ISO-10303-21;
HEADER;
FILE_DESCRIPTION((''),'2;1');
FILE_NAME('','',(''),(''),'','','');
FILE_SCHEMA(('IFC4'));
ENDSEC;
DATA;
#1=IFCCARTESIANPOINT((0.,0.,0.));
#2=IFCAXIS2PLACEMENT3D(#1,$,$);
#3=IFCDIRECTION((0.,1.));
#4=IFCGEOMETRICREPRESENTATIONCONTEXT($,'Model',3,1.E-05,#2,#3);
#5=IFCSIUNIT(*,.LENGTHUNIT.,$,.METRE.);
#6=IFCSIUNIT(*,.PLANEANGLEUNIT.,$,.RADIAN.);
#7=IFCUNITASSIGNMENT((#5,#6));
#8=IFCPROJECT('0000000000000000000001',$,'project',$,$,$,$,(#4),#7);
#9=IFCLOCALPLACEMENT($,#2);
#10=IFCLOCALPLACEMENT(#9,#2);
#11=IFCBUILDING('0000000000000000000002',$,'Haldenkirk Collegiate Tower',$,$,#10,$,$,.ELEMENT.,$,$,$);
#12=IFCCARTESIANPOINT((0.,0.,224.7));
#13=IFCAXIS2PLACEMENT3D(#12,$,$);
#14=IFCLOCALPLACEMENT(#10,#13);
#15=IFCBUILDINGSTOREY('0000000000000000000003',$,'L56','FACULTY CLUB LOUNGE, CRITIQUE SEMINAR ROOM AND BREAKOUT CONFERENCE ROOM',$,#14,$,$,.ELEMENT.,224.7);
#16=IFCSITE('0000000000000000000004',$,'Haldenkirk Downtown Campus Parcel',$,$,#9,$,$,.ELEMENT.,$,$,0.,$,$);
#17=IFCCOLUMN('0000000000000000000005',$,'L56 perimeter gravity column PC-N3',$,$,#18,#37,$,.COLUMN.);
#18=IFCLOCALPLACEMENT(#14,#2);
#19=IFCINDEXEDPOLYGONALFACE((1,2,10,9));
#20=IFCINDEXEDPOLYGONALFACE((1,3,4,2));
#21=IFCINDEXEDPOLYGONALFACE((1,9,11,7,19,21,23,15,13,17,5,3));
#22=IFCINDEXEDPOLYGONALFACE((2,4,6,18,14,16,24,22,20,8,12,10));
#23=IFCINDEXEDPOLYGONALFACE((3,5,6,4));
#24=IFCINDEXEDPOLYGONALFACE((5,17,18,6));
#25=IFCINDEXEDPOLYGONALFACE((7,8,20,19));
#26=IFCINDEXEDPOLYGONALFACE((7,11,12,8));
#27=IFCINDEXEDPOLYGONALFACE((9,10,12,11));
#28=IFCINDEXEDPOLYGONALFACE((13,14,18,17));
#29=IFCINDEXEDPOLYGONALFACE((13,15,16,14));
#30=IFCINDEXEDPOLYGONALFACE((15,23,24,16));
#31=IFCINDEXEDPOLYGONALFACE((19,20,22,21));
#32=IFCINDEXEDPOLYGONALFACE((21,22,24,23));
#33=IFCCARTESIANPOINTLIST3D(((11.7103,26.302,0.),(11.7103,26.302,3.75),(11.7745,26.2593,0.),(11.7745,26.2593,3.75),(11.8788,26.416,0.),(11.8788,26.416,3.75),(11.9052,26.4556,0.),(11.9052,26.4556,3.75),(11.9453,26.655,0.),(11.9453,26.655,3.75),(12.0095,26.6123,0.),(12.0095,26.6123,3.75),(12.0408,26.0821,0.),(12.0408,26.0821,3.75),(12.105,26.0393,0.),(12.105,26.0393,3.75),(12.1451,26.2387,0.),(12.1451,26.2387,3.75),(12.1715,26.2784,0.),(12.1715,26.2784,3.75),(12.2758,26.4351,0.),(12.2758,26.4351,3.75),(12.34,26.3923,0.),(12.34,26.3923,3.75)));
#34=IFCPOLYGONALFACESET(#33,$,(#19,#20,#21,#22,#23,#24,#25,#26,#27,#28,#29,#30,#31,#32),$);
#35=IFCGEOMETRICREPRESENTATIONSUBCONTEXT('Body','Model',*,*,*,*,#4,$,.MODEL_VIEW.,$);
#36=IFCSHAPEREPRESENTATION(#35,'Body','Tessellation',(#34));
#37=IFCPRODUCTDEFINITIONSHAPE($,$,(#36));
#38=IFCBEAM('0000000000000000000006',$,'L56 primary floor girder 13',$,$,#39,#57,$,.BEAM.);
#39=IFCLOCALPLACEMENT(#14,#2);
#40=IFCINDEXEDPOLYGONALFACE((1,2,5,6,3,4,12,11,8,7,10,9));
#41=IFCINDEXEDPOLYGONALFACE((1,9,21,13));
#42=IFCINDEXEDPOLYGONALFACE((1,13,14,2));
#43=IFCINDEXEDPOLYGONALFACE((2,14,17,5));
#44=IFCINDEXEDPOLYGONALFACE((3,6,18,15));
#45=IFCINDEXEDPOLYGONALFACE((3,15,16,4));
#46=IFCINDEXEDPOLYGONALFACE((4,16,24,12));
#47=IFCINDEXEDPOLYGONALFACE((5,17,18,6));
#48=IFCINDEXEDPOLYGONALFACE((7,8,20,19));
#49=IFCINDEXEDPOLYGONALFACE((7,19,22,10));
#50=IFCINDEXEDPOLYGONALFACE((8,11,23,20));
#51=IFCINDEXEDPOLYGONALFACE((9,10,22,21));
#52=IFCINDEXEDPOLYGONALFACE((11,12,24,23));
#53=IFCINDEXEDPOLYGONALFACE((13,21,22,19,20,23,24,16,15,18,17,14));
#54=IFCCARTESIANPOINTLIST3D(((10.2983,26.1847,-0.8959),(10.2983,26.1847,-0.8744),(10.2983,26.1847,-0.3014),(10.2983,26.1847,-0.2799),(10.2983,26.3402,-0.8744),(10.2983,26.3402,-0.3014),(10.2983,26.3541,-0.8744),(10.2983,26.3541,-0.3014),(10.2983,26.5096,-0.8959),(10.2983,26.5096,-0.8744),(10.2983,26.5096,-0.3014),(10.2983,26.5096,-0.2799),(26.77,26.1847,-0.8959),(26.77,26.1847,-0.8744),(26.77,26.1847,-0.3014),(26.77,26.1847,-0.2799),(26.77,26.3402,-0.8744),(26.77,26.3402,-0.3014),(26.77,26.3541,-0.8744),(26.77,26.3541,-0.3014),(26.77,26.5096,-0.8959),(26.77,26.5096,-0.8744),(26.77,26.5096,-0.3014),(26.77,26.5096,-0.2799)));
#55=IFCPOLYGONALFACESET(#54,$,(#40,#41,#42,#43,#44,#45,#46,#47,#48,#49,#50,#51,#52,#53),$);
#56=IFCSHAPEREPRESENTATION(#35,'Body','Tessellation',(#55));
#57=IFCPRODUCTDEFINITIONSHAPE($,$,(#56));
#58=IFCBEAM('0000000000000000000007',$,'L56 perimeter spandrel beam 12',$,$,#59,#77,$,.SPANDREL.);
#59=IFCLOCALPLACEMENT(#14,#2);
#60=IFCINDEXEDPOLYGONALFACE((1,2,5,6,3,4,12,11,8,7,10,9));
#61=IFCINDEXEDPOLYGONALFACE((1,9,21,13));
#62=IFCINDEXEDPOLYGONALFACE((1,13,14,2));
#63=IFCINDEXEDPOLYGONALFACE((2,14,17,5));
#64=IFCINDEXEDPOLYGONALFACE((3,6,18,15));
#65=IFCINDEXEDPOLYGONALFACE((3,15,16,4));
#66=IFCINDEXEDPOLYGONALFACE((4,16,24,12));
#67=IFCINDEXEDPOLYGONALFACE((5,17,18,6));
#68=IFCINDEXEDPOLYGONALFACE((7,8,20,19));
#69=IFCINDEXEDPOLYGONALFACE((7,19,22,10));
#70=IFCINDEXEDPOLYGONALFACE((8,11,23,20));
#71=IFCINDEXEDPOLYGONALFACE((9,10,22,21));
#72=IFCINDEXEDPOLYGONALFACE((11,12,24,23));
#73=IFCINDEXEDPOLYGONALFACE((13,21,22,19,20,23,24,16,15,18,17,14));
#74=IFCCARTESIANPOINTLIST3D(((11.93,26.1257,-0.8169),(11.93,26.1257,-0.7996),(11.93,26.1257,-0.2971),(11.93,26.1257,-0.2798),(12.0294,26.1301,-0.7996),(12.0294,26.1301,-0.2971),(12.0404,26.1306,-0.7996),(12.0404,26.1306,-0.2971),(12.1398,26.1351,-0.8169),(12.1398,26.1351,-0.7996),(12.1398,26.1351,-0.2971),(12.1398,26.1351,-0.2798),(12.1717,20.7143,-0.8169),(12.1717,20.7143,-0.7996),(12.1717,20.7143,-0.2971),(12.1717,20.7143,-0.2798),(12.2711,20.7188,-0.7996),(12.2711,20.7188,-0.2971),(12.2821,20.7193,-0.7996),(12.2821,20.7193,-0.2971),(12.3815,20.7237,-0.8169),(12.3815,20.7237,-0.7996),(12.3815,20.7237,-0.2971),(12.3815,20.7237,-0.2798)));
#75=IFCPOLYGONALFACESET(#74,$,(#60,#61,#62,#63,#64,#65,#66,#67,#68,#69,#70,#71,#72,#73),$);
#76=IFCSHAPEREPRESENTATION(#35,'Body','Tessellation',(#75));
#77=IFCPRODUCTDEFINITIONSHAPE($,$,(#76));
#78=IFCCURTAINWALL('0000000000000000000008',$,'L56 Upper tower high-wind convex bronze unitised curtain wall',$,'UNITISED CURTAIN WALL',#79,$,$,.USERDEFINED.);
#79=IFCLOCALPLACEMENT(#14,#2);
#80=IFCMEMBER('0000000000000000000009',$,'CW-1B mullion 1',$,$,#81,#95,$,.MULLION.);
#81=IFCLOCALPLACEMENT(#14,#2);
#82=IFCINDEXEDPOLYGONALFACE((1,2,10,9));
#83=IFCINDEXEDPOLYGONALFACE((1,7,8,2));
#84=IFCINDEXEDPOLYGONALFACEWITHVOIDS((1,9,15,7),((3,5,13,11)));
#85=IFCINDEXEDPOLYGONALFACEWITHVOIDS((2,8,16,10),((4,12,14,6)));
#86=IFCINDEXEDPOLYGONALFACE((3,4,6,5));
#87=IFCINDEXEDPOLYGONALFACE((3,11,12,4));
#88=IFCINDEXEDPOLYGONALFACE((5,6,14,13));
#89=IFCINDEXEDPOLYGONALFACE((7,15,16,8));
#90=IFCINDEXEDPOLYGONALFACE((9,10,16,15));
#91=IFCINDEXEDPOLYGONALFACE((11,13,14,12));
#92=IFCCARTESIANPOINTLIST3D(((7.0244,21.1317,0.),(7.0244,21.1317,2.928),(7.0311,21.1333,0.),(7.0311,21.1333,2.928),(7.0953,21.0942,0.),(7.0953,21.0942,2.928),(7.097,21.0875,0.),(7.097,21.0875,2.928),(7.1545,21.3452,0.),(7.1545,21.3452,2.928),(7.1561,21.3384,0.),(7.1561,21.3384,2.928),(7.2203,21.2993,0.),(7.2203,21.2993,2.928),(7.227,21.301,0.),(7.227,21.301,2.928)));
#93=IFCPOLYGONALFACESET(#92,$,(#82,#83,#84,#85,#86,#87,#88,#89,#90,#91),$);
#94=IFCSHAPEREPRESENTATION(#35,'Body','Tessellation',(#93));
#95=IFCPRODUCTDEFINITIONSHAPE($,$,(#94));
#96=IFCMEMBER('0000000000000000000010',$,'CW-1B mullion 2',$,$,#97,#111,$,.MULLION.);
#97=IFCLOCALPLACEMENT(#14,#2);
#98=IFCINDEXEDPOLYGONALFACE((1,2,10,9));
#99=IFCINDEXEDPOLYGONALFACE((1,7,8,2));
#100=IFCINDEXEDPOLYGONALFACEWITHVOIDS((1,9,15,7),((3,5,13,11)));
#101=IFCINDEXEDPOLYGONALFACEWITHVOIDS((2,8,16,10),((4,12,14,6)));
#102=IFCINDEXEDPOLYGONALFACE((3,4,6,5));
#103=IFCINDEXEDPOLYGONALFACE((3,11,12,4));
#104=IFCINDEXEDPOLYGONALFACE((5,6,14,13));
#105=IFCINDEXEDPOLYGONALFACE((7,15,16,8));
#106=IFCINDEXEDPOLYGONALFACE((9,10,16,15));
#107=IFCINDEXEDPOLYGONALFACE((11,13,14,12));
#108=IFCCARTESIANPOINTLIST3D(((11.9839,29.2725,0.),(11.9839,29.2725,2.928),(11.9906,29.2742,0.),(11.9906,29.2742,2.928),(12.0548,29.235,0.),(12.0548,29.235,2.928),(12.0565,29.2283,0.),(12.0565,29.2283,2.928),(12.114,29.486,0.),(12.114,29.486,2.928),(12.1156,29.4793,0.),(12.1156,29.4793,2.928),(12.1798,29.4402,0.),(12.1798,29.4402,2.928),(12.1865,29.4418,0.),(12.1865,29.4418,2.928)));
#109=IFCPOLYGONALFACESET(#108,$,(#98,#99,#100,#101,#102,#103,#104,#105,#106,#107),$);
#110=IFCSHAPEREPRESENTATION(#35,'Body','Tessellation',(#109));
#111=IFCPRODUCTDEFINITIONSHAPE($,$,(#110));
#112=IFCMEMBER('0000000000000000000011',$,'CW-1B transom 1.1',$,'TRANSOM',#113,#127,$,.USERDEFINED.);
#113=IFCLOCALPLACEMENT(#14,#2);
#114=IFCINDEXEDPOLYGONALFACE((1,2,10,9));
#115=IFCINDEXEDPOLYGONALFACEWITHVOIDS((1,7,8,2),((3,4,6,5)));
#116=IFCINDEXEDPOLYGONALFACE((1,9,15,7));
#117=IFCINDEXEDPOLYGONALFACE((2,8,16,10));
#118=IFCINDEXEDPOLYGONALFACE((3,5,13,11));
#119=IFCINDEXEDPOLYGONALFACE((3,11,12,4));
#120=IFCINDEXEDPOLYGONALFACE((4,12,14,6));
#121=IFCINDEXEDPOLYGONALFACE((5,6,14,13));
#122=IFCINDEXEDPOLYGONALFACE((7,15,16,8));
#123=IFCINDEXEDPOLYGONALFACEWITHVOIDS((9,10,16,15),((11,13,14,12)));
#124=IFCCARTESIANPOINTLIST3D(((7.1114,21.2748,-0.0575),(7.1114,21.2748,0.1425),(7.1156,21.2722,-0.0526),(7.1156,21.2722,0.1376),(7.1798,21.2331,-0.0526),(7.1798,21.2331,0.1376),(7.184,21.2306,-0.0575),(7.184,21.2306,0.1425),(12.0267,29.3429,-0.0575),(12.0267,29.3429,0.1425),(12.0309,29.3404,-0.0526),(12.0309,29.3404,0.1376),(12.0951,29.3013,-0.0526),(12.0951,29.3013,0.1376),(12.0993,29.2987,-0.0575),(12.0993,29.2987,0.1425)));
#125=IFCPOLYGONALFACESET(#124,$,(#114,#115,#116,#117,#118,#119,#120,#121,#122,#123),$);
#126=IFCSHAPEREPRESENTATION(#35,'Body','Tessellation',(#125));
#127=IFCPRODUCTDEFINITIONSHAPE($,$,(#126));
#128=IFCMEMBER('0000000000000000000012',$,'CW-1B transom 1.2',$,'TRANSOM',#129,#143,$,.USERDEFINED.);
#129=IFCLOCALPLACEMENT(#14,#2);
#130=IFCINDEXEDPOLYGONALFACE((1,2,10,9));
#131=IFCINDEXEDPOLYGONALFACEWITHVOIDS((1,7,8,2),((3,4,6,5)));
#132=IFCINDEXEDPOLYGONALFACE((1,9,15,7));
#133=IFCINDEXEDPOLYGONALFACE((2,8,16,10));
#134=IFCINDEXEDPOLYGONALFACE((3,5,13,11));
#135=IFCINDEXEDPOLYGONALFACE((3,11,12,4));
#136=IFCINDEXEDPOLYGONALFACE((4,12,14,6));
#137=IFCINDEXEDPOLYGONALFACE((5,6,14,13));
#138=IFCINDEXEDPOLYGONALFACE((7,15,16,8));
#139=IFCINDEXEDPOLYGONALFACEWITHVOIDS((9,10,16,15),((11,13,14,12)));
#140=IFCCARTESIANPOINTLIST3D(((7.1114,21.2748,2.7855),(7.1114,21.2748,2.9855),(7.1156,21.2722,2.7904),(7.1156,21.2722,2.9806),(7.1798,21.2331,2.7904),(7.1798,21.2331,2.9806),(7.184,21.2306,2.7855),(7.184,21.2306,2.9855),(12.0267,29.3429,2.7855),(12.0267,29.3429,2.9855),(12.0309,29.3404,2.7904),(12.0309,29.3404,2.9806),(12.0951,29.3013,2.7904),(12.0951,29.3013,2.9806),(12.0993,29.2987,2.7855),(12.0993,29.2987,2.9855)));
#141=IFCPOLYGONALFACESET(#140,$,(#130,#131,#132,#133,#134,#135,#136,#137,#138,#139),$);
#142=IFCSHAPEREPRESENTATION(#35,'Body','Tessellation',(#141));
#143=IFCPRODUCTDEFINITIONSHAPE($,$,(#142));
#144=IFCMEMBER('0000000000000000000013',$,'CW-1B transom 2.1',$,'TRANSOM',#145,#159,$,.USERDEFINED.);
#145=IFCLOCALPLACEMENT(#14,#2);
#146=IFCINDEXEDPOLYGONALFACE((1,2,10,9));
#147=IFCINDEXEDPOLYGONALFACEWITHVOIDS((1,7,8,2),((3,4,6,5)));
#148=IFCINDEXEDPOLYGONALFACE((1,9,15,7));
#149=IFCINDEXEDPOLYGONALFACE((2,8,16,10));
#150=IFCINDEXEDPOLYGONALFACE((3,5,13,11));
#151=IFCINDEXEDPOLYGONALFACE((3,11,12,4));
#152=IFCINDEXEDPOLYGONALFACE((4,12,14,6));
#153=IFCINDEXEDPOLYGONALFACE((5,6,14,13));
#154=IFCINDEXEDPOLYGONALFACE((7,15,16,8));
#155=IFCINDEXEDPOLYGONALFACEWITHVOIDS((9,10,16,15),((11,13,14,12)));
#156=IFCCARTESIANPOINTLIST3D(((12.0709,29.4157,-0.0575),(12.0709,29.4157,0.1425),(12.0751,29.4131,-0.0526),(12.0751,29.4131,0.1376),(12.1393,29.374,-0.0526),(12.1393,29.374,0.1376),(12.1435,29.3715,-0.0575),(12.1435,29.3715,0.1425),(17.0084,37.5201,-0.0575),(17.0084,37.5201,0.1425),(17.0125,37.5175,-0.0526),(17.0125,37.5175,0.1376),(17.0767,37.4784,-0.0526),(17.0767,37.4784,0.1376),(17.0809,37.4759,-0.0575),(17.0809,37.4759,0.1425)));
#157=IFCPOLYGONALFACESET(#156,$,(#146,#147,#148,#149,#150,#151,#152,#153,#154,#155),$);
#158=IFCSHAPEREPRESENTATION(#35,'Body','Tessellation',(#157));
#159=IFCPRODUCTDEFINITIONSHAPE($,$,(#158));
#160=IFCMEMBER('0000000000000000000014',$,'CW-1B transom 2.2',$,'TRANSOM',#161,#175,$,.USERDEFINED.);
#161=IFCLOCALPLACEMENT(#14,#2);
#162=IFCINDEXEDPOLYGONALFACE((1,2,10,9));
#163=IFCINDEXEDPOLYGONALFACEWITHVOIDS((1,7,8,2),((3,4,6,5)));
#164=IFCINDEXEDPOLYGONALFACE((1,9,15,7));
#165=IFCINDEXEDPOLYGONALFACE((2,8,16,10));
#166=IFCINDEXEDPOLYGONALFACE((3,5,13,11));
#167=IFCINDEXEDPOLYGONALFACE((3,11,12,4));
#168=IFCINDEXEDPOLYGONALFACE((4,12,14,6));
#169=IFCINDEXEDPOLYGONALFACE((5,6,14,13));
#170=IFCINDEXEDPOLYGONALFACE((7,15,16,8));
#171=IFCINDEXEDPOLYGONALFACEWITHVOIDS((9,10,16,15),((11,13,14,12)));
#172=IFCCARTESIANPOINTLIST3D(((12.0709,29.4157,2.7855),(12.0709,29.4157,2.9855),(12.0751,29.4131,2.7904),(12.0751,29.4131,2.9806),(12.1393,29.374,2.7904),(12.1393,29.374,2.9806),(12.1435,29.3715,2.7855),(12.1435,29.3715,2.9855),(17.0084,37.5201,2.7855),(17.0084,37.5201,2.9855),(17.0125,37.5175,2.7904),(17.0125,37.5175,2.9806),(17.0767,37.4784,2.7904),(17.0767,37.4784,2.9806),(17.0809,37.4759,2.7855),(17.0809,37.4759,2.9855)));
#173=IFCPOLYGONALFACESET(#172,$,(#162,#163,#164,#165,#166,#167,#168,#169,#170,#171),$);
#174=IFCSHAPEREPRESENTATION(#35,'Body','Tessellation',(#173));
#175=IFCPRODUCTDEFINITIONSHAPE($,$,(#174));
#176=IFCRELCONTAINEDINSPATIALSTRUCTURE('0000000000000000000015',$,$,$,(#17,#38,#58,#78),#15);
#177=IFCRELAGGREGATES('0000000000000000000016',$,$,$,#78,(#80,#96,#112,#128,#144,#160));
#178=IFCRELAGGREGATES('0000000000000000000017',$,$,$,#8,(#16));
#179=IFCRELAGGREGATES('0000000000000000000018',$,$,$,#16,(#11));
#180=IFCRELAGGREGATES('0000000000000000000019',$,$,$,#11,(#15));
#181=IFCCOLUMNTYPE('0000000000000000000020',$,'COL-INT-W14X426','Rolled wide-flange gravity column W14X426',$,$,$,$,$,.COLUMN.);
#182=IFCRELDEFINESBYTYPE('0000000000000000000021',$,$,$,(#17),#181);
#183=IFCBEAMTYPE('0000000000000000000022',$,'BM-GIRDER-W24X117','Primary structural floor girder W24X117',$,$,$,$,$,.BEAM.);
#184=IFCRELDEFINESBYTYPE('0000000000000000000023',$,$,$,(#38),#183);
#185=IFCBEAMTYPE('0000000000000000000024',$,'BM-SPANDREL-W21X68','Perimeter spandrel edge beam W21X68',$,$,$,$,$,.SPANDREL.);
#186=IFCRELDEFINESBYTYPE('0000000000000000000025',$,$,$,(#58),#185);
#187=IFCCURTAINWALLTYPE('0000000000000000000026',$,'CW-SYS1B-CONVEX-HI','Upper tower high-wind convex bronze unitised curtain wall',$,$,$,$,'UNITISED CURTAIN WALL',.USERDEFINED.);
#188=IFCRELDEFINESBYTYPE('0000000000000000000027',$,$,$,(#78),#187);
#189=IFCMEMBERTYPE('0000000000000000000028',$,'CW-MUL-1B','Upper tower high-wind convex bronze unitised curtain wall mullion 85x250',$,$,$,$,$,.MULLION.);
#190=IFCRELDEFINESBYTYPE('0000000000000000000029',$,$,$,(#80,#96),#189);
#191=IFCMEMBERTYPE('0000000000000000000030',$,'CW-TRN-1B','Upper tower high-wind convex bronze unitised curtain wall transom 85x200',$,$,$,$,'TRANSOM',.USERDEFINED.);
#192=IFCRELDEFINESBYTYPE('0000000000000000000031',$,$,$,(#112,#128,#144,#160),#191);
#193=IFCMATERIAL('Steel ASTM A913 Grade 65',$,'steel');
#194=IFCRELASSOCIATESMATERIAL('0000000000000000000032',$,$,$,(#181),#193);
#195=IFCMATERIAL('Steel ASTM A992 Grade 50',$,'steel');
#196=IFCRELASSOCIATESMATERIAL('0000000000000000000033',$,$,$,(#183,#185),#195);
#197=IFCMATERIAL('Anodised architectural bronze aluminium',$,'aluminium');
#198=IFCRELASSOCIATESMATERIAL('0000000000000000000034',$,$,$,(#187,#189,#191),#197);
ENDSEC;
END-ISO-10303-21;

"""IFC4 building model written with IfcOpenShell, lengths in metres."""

from ifc_helpers import new_model, si_unit, direction, frame, origin, origin_2d, place, context, subcontext, project, spatial, hollow_rectangle, i_section, extrude, material, material_profile, profile_set, type_object, element, aggregate, save


model = new_model("IFC4")

# Units and contexts
model_context = context("Model", 3, precision=1e-05, world=origin(), true_north=direction((0.0, 1.0)))
body_context = subcontext(model_context, "Body", "Model", "MODEL_VIEW")
ifc_project = project(units=[si_unit("LENGTHUNIT", "METRE"), si_unit("PLANEANGLEUNIT", "RADIAN")], contexts=[model_context])

# Site, building, storey
site_placement = place(None, origin())
site = spatial("IfcSite", under=ifc_project, at=site_placement, Name="Haldenkirk Downtown Campus Parcel", CompositionType="ELEMENT", RefElevation=0.0)
building_placement = place(site_placement, origin())
building = spatial("IfcBuilding", under=site, at=building_placement, Name="Haldenkirk Collegiate Tower", CompositionType="ELEMENT")
storey_placement = place(building_placement, frame((0.0, 0.0, 224.7)))
storey = spatial("IfcBuildingStorey", under=building, at=storey_placement, Name="L56", Description="FACULTY CLUB LOUNGE, CRITIQUE SEMINAR ROOM AND BREAKOUT CONFERENCE ROOM", CompositionType="ELEMENT", Elevation=224.7)

# Column
ifc_material_1 = material(Name="Steel ASTM A913 Grade 65", Category="steel")
ifc_material_profile_1 = material_profile(ifc_material_1, i_section(OverallWidth=0.4241, OverallDepth=0.4741, WebThickness=0.0476, FlangeThickness=0.0771, at=origin_2d()), Name="W14X426")
ifc_profile_set_1 = profile_set([ifc_material_profile_1], Name="Steel ASTM A913 Grade 65")
column_type = type_object("IfcColumnType", Name="COL-INT-W14X426", Description="Rolled wide-flange gravity column W14X426", PredefinedType="COLUMN", material=ifc_profile_set_1)
column_placement = place(storey_placement, frame((12.0251, 26.3472, 0.0), z_axis=(0.0, 0.0, 1.0), x_axis=(0.554118, 0.832438, 0.0)))
element("IfcColumn", 1, at=column_placement, inside=storey, type_object=column_type, Name="L56 perimeter gravity column PC-N3", PredefinedType="COLUMN", context=body_context, shape_type="SweptSolid", body=[
    extrude(i_section(OverallWidth=0.4241, OverallDepth=0.4741, WebThickness=0.0476, FlangeThickness=0.0771, at=origin_2d()), origin(), (0.0, 0.0, 1.0), 3.75),
])

# Beams
ifc_material_2 = material(Name="Steel ASTM A992 Grade 50", Category="steel")
ifc_material_profile_2 = material_profile(ifc_material_2, i_section(OverallWidth=0.325, OverallDepth=0.616, WebThickness=0.0139, FlangeThickness=0.0215, at=origin_2d()), Name="W24X117")
ifc_profile_set_2 = profile_set([ifc_material_profile_2], Name="Steel ASTM A992 Grade 50")
beam_type_1 = type_object("IfcBeamType", Name="BM-GIRDER-W24X117", Description="Primary structural floor girder W24X117", PredefinedType="BEAM", material=ifc_profile_set_2)
beam_1_placement = place(storey_placement, frame((10.2983, 26.3472, -0.5879), z_axis=(1.0, 0.0, 0.0), x_axis=(0.0, 1.0, 0.0)))
element("IfcBeam", 2, at=beam_1_placement, inside=storey, type_object=beam_type_1, Name="L56 primary floor girder 13", PredefinedType="BEAM", context=body_context, shape_type="SweptSolid", body=[
    extrude(i_section(OverallWidth=0.325, OverallDepth=0.616, WebThickness=0.0139, FlangeThickness=0.0215, at=origin_2d()), origin(), (0.0, 0.0, 1.0), 16.4717),
])
ifc_material_profile_3 = material_profile(ifc_material_2, i_section(OverallWidth=0.21, OverallDepth=0.5371, WebThickness=0.011, FlangeThickness=0.0173, at=origin_2d()), Name="W21X68")
ifc_profile_set_3 = profile_set([ifc_material_profile_3], Name="Steel ASTM A992 Grade 50")
beam_type_2 = type_object("IfcBeamType", Name="BM-SPANDREL-W21X68", Description="Perimeter spandrel edge beam W21X68", PredefinedType="SPANDREL", material=ifc_profile_set_3)
beam_2_placement = place(storey_placement, frame((12.0349, 26.1304, -0.5483), z_axis=(0.044621, -0.999004, 0.0), x_axis=(0.999004, 0.044621, 0.0)))
element("IfcBeam", 3, at=beam_2_placement, inside=storey, type_object=beam_type_2, Name="L56 perimeter spandrel beam 12", PredefinedType="SPANDREL", context=body_context, shape_type="SweptSolid", body=[
    extrude(i_section(OverallWidth=0.21, OverallDepth=0.5371, WebThickness=0.011, FlangeThickness=0.0173, at=origin_2d()), origin(), (0.0, 0.0, 1.0), 5.4167),
])

# Curtain wall, members
ifc_material_3 = material(Name="Anodised architectural bronze aluminium", Category="aluminium")
curtain_wall_type = type_object("IfcCurtainWallType", Name="CW-SYS1B-CONVEX-HI", Description="Upper tower high-wind convex bronze unitised curtain wall", ElementType="UNITISED CURTAIN WALL", PredefinedType="USERDEFINED", material=ifc_material_3)
curtain_wall_placement = place(storey_placement, origin())
curtain_wall = element("IfcCurtainWall", 4, at=curtain_wall_placement, inside=storey, type_object=curtain_wall_type, Name="L56 Upper tower high-wind convex bronze unitised curtain wall", ObjectType="UNITISED CURTAIN WALL", PredefinedType="USERDEFINED")
ifc_material_profile_4 = material_profile(ifc_material_3, hollow_rectangle(XDim=0.085, YDim=0.25, WallThickness=0.0049, at=origin_2d()), Name="CW-MUL-1B")
ifc_profile_set_4 = profile_set([ifc_material_profile_4], Name="Anodised architectural bronze aluminium")
member_type_1 = type_object("IfcMemberType", Name="CW-MUL-1B", Description="Upper tower high-wind convex bronze unitised curtain wall mullion 85x250", PredefinedType="MULLION", material=ifc_profile_set_4)
member_1_placement = place(storey_placement, frame((7.1257, 21.2163, 0.0), z_axis=(0.0, 0.0, 1.0), x_axis=(-0.854004, 0.520266, 0.0)))
member_1 = element("IfcMember", 5, at=member_1_placement, type_object=member_type_1, Name="CW-1B mullion 1", PredefinedType="MULLION", context=body_context, shape_type="SweptSolid", body=[
    extrude(hollow_rectangle(XDim=0.085, YDim=0.25, WallThickness=0.0049, at=origin_2d()), origin(), (0.0, 0.0, 1.0), 2.928),
])
member_2_placement = place(storey_placement, frame((12.0852, 29.3572, 0.0), z_axis=(0.0, 0.0, 1.0), x_axis=(-0.854004, 0.520266, 0.0)))
member_2 = element("IfcMember", 6, at=member_2_placement, type_object=member_type_1, Name="CW-1B mullion 2", PredefinedType="MULLION", context=body_context, shape_type="SweptSolid", body=[
    extrude(hollow_rectangle(XDim=0.085, YDim=0.25, WallThickness=0.0049, at=origin_2d()), origin(), (0.0, 0.0, 1.0), 2.928),
])
ifc_material_profile_5 = material_profile(ifc_material_3, hollow_rectangle(XDim=0.085, YDim=0.2, WallThickness=0.0049, at=origin_2d()), Name="CW-TRN-1B")
ifc_profile_set_5 = profile_set([ifc_material_profile_5], Name="Anodised architectural bronze aluminium")
member_type_2 = type_object("IfcMemberType", Name="CW-TRN-1B", Description="Upper tower high-wind convex bronze unitised curtain wall transom 85x200", ElementType="TRANSOM", PredefinedType="USERDEFINED", material=ifc_profile_set_5)
member_3_placement = place(storey_placement, frame((7.1477, 21.2527, 0.0425), z_axis=(0.520276, 0.853998, 0.0), x_axis=(-0.853998, 0.520276, 0.0)))
member_3 = element("IfcMember", 7, at=member_3_placement, type_object=member_type_2, Name="CW-1B transom 1.1", ObjectType="TRANSOM", PredefinedType="USERDEFINED", context=body_context, shape_type="SweptSolid", body=[
    extrude(hollow_rectangle(XDim=0.085, YDim=0.2, WallThickness=0.0049, at=origin_2d()), origin(), (0.0, 0.0, 1.0), 9.4475),
])
member_4_placement = place(storey_placement, frame((7.1477, 21.2527, 2.8855), z_axis=(0.520276, 0.853998, 0.0), x_axis=(-0.853998, 0.520276, 0.0)))
member_4 = element("IfcMember", 8, at=member_4_placement, type_object=member_type_2, Name="CW-1B transom 1.2", ObjectType="TRANSOM", PredefinedType="USERDEFINED", context=body_context, shape_type="SweptSolid", body=[
    extrude(hollow_rectangle(XDim=0.085, YDim=0.2, WallThickness=0.0049, at=origin_2d()), origin(), (0.0, 0.0, 1.0), 9.4475),
])
member_5_placement = place(storey_placement, frame((12.1072, 29.3936, 0.0425), z_axis=(0.52028, 0.853996, 0.0), x_axis=(-0.853996, 0.52028, 0.0)))
member_5 = element("IfcMember", 9, at=member_5_placement, type_object=member_type_2, Name="CW-1B transom 2.1", ObjectType="TRANSOM", PredefinedType="USERDEFINED", context=body_context, shape_type="SweptSolid", body=[
    extrude(hollow_rectangle(XDim=0.085, YDim=0.2, WallThickness=0.0049, at=origin_2d()), origin(), (0.0, 0.0, 1.0), 9.49),
])
member_6_placement = place(storey_placement, frame((12.1072, 29.3936, 2.8855), z_axis=(0.52028, 0.853996, 0.0), x_axis=(-0.853996, 0.52028, 0.0)))
member_6 = element("IfcMember", 10, at=member_6_placement, type_object=member_type_2, Name="CW-1B transom 2.2", ObjectType="TRANSOM", PredefinedType="USERDEFINED", context=body_context, shape_type="SweptSolid", body=[
    extrude(hollow_rectangle(XDim=0.085, YDim=0.2, WallThickness=0.0049, at=origin_2d()), origin(), (0.0, 0.0, 1.0), 9.49),
])

aggregate(curtain_wall, [member_1, member_2, member_3, member_4, member_5, member_6])

save(model, "model.ifc")
